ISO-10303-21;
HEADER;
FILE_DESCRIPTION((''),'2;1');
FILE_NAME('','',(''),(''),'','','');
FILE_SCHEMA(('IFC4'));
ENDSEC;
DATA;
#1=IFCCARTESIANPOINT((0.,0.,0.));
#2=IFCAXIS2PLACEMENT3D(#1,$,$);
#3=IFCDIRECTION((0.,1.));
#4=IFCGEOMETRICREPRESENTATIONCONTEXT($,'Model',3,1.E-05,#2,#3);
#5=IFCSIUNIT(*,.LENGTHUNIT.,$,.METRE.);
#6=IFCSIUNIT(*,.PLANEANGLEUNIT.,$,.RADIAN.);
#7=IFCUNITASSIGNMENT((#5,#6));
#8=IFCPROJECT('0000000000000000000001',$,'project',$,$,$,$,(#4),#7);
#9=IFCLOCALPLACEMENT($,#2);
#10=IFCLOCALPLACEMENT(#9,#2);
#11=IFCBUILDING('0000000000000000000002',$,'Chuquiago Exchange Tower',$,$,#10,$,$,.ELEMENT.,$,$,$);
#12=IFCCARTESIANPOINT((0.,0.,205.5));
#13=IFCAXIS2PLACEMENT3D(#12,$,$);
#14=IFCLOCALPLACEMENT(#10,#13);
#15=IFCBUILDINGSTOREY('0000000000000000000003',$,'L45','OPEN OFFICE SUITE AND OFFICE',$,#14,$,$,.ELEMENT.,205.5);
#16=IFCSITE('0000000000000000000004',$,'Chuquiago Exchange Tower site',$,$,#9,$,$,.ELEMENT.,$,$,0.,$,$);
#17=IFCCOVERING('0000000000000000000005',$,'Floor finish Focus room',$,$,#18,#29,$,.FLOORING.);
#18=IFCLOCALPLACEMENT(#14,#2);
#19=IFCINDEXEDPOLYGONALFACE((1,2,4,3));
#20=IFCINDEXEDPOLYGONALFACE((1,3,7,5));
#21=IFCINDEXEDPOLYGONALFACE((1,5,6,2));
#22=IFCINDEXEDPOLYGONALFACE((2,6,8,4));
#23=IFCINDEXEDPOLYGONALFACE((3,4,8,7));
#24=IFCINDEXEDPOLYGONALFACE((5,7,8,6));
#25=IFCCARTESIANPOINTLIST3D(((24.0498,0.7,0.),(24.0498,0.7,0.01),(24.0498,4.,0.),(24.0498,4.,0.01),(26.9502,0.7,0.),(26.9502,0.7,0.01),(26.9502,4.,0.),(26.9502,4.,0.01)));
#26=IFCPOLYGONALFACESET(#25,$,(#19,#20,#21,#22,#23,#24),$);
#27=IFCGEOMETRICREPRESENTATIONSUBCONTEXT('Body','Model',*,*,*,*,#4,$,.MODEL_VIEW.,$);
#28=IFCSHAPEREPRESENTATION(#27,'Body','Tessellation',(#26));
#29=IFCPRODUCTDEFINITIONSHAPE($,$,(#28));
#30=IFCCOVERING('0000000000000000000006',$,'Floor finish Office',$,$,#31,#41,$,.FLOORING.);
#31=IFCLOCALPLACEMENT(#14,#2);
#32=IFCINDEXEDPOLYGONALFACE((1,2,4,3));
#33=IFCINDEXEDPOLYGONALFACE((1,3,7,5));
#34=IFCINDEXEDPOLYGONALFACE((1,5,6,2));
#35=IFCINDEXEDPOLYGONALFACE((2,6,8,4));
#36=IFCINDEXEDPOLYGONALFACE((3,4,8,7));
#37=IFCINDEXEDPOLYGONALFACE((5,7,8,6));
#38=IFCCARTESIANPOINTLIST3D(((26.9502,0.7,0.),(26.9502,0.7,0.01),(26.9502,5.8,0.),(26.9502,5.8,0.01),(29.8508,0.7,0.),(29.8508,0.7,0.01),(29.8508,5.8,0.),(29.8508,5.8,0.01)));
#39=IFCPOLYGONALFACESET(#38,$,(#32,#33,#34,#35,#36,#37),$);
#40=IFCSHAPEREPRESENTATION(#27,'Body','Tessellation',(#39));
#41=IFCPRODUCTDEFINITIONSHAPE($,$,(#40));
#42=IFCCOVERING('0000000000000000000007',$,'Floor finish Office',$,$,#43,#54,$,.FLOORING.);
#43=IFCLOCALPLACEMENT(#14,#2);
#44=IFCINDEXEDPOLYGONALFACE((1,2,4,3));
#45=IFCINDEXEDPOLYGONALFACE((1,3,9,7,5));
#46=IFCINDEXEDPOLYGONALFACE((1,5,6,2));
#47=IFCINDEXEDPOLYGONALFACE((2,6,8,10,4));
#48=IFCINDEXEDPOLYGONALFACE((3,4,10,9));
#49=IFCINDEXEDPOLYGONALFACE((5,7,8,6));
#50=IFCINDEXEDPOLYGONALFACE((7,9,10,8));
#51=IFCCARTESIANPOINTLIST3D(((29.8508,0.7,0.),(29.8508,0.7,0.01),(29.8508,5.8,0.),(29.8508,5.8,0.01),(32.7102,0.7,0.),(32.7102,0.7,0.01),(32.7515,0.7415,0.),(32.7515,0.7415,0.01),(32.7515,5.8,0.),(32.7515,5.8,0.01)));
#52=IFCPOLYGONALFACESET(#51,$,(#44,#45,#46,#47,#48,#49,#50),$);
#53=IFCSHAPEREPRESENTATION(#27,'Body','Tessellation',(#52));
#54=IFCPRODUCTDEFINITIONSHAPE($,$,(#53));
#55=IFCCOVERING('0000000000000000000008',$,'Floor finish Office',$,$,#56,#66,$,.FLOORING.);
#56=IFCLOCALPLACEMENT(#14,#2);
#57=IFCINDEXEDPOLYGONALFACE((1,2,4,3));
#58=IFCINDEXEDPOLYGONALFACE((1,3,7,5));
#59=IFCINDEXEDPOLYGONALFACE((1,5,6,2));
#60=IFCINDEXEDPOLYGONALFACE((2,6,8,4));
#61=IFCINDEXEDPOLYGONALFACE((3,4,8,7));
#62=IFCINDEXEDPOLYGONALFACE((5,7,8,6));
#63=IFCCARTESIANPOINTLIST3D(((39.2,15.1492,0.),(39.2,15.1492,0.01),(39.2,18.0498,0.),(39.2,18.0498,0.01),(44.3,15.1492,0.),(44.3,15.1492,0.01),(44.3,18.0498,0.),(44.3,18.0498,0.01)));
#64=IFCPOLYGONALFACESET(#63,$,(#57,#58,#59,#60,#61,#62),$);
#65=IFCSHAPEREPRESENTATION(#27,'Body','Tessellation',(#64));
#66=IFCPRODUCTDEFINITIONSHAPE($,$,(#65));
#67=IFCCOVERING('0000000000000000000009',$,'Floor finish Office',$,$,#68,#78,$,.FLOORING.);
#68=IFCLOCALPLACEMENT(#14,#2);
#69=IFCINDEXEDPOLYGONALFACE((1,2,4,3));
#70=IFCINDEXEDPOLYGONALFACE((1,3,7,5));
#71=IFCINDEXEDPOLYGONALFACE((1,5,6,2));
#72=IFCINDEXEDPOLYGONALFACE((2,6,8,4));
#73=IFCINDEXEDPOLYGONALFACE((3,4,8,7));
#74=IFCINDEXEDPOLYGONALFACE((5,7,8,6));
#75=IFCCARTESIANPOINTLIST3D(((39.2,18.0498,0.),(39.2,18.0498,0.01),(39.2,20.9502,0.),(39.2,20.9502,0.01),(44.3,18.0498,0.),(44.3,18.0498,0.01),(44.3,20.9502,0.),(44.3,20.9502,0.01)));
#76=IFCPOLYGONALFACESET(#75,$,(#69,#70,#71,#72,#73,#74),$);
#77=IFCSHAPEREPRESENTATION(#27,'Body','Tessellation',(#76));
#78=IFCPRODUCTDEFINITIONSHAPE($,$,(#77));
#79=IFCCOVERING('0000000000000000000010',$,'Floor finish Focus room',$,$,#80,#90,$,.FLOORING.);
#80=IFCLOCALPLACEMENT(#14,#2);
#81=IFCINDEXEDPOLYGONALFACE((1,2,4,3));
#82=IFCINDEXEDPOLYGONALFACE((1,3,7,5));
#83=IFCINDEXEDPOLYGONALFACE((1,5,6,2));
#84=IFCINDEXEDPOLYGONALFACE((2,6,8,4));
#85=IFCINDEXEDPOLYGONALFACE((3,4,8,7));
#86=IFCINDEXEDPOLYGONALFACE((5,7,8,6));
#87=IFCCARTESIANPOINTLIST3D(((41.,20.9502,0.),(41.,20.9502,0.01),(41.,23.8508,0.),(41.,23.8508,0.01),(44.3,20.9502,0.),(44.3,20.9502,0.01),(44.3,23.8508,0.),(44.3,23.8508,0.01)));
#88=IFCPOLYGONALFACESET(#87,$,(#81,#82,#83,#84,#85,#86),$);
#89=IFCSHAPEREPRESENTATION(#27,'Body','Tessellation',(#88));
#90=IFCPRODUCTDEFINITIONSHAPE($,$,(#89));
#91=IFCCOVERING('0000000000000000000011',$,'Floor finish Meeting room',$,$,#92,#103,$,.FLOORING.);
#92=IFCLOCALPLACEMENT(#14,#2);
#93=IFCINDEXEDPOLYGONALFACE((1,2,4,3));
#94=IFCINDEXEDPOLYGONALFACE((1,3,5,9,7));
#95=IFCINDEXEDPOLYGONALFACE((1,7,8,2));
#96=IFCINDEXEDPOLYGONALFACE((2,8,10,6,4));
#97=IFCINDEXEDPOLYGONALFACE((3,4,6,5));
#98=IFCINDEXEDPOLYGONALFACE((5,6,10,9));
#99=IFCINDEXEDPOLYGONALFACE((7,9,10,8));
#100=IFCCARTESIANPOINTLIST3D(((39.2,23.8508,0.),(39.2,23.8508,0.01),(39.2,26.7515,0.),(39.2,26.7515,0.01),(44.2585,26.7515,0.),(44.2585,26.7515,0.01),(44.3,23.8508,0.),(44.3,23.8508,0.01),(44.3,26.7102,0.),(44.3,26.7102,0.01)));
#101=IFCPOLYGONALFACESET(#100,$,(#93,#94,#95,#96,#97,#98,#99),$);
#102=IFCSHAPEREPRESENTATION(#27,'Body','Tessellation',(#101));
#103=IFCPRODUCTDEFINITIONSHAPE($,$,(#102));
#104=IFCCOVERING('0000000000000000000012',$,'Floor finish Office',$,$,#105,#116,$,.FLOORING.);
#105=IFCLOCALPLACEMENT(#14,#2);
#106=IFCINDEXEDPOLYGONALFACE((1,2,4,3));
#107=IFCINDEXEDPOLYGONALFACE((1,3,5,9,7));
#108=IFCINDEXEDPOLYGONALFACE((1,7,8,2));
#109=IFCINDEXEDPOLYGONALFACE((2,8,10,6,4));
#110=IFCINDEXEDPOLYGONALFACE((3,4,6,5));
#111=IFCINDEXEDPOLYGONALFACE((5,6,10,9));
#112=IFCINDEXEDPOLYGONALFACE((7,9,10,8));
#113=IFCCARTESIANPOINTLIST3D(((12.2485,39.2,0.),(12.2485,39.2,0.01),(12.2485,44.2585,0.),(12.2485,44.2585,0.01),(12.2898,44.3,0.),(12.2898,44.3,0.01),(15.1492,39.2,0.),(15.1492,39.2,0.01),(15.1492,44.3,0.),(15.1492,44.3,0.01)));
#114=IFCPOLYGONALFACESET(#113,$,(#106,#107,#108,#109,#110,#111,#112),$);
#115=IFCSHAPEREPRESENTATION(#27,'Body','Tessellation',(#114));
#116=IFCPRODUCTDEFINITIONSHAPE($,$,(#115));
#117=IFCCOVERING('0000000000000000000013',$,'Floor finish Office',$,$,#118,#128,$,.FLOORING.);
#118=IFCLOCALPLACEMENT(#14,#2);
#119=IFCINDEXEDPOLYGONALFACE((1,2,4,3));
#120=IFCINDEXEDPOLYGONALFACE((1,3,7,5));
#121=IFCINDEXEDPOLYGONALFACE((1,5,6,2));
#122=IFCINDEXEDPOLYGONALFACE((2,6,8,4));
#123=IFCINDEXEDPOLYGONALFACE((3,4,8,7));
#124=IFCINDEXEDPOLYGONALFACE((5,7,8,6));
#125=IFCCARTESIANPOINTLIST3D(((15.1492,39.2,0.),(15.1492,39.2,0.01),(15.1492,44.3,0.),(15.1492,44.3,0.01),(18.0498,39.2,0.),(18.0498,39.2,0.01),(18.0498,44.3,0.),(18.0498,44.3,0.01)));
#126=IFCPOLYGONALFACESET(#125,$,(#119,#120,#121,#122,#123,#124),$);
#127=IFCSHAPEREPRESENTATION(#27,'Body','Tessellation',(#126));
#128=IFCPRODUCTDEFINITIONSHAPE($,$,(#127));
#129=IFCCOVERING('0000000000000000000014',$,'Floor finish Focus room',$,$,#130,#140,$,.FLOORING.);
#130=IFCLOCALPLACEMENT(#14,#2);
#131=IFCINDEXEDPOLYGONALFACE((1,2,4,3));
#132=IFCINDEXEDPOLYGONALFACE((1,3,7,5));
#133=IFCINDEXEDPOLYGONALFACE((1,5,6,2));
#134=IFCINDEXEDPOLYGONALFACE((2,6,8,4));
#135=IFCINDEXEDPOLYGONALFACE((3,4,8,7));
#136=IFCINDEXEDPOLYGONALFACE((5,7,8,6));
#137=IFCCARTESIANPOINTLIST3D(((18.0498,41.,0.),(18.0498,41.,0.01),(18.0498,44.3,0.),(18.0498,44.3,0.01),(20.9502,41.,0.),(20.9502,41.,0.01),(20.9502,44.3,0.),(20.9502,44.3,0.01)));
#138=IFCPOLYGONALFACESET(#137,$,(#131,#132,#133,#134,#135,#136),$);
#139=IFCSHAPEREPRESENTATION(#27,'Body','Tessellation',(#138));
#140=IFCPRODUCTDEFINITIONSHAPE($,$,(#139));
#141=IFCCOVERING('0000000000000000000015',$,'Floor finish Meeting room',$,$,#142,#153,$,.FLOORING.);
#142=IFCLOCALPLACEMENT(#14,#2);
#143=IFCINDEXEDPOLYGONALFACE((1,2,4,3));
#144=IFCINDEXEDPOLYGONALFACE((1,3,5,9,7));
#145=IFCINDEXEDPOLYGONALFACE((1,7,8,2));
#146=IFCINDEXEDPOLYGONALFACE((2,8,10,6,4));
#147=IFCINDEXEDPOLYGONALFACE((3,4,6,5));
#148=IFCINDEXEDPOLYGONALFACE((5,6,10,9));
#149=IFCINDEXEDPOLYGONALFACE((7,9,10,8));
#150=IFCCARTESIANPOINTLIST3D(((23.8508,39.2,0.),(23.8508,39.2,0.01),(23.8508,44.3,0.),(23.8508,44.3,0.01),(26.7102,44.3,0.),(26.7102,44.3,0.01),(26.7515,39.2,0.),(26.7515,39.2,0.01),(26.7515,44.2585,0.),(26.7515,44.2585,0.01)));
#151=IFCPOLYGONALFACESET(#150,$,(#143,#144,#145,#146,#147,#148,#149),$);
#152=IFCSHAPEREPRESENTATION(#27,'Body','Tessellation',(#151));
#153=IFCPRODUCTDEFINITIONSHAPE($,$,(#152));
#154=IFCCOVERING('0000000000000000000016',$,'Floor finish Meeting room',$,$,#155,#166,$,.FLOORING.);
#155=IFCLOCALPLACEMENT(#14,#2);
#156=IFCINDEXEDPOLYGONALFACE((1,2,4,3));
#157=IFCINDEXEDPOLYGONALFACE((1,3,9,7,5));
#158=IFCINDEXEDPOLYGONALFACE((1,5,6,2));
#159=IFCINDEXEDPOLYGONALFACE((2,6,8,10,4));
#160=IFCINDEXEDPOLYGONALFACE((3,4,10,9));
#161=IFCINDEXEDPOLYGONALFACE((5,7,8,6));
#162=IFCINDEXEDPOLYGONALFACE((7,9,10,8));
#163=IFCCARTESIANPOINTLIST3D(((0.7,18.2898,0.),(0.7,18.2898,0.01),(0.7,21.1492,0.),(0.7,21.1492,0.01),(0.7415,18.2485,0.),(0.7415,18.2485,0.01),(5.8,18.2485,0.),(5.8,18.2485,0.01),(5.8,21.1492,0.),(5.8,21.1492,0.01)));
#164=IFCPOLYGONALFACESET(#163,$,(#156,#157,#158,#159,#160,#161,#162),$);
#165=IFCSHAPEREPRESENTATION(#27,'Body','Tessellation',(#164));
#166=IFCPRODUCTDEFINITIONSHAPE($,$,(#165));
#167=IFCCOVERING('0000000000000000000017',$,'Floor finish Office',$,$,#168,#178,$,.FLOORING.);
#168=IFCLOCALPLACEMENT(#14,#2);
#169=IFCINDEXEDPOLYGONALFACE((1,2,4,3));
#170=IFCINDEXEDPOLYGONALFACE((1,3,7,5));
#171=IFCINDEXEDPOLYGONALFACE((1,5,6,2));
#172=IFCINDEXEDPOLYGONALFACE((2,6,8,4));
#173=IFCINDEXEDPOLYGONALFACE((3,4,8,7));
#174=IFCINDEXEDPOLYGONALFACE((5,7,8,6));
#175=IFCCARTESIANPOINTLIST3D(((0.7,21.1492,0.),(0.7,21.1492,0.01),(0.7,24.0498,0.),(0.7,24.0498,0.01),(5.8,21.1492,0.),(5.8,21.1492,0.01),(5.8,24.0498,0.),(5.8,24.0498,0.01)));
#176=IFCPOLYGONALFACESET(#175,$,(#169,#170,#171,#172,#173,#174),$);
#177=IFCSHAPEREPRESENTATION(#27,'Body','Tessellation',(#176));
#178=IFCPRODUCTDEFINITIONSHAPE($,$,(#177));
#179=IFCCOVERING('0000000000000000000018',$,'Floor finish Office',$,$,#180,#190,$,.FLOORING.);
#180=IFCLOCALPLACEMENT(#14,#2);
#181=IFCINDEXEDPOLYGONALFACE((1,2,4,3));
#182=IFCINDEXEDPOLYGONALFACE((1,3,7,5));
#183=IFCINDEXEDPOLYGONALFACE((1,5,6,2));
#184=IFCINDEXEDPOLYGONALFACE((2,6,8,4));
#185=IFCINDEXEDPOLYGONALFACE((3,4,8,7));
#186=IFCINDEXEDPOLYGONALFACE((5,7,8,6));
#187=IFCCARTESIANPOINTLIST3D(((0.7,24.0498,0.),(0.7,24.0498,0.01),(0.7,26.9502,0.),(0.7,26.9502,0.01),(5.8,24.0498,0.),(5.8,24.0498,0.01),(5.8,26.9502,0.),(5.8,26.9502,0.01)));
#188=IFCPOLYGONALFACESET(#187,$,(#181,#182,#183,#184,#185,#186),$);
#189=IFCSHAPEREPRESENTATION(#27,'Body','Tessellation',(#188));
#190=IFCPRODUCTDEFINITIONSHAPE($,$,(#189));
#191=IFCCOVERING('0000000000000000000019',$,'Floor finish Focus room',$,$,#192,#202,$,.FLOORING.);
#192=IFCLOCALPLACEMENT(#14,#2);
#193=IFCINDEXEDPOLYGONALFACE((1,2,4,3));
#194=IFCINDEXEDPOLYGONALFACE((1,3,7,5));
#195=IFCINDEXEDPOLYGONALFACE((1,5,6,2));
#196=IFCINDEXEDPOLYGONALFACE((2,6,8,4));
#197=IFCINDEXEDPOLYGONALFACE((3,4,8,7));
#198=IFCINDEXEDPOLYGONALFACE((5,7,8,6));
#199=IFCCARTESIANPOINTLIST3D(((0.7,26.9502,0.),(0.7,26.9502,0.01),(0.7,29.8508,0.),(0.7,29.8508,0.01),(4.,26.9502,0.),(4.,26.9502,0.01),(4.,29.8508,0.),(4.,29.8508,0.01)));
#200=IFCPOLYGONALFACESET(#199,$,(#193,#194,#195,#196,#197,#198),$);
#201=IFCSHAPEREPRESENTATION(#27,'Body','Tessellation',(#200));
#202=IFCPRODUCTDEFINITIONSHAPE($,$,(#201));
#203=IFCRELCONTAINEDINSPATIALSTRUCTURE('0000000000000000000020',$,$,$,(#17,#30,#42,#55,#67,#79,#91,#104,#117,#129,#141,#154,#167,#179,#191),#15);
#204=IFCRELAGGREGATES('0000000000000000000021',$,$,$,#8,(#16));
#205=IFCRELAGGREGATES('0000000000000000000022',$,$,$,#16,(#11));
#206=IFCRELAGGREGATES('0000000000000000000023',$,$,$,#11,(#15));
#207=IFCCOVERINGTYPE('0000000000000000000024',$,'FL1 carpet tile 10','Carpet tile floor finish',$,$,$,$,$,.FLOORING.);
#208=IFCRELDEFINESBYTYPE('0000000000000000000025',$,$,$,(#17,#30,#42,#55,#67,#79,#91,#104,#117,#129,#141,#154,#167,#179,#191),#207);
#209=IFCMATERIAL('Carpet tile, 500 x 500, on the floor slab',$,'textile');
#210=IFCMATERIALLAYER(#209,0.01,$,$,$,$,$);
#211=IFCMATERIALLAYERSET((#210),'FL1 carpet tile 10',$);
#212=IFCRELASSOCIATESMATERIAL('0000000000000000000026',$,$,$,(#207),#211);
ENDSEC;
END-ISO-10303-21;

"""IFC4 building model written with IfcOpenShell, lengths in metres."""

from ifc_helpers import new_model, si_unit, direction, frame, origin, place, context, subcontext, project, spatial, polyline, outline, extrude, material, layer, layer_set, type_object, element, save


model = new_model("IFC4")

# Units and contexts
model_context = context("Model", 3, precision=1e-05, world=origin(), true_north=direction((0.0, 1.0)))
body_context = subcontext(model_context, "Body", "Model", "MODEL_VIEW")
ifc_project = project(units=[si_unit("LENGTHUNIT", "METRE"), si_unit("PLANEANGLEUNIT", "RADIAN")], contexts=[model_context])

# Site, building, storey
site_placement = place(None, origin())
site = spatial("IfcSite", under=ifc_project, at=site_placement, Name="Chuquiago Exchange Tower site", CompositionType="ELEMENT", RefElevation=0.0)
building_placement = place(site_placement, origin())
building = spatial("IfcBuilding", under=site, at=building_placement, Name="Chuquiago Exchange Tower", CompositionType="ELEMENT")
storey_placement = place(building_placement, frame((0.0, 0.0, 205.5)))
storey = spatial("IfcBuildingStorey", under=building, at=storey_placement, Name="L45", Description="OPEN OFFICE SUITE AND OFFICE", CompositionType="ELEMENT", Elevation=205.5)

# Coverings
ifc_material_1 = material(Name="Carpet tile, 500 x 500, on the floor slab", Category="textile")
ifc_layer_1 = layer(ifc_material_1, 0.01)
ifc_layer_set_1 = layer_set([ifc_layer_1], Name="FL1 carpet tile 10")
covering_type_1 = type_object("IfcCoveringType", Name="FL1 carpet tile 10", Description="Carpet tile floor finish", PredefinedType="FLOORING", material=ifc_layer_set_1)
covering_1_placement = place(storey_placement, origin())
element("IfcCovering", 1, at=covering_1_placement, inside=storey, type_object=covering_type_1, Name="Floor finish Focus room", PredefinedType="FLOORING", context=body_context, shape_type="SweptSolid", body=[
    extrude(outline(polyline([(24.0498, 0.7), (24.0498, 4.0), (26.9502, 4.0), (26.9502, 0.7), (24.0498, 0.7)])), origin(), (0.0, 0.0, 1.0), 0.01),
])
covering_2_placement = place(storey_placement, origin())
element("IfcCovering", 2, at=covering_2_placement, inside=storey, type_object=covering_type_1, Name="Floor finish Office", PredefinedType="FLOORING", context=body_context, shape_type="SweptSolid", body=[
    extrude(outline(polyline([(26.9502, 0.7), (26.9502, 5.8), (29.8508, 5.8), (29.8508, 0.7), (26.9502, 0.7)])), origin(), (0.0, 0.0, 1.0), 0.01),
])
covering_3_placement = place(storey_placement, origin())
element("IfcCovering", 3, at=covering_3_placement, inside=storey, type_object=covering_type_1, Name="Floor finish Office", PredefinedType="FLOORING", context=body_context, shape_type="SweptSolid", body=[
    extrude(outline(polyline([(32.7102, 0.7), (29.8508, 0.7), (29.8508, 5.8), (32.7515, 5.8), (32.7515, 0.7415), (32.7102, 0.7)])), origin(), (0.0, 0.0, 1.0), 0.01),
])
covering_4_placement = place(storey_placement, origin())
element("IfcCovering", 4, at=covering_4_placement, inside=storey, type_object=covering_type_1, Name="Floor finish Office", PredefinedType="FLOORING", context=body_context, shape_type="SweptSolid", body=[
    extrude(outline(polyline([(44.3, 15.1492), (39.2, 15.1492), (39.2, 18.0498), (44.3, 18.0498), (44.3, 15.1492)])), origin(), (0.0, 0.0, 1.0), 0.01),
])
covering_5_placement = place(storey_placement, origin())
element("IfcCovering", 5, at=covering_5_placement, inside=storey, type_object=covering_type_1, Name="Floor finish Office", PredefinedType="FLOORING", context=body_context, shape_type="SweptSolid", body=[
    extrude(outline(polyline([(44.3, 18.0498), (39.2, 18.0498), (39.2, 20.9502), (44.3, 20.9502), (44.3, 18.0498)])), origin(), (0.0, 0.0, 1.0), 0.01),
])
covering_6_placement = place(storey_placement, origin())
element("IfcCovering", 6, at=covering_6_placement, inside=storey, type_object=covering_type_1, Name="Floor finish Focus room", PredefinedType="FLOORING", context=body_context, shape_type="SweptSolid", body=[
    extrude(outline(polyline([(44.3, 20.9502), (41.0, 20.9502), (41.0, 23.8508), (44.3, 23.8508), (44.3, 20.9502)])), origin(), (0.0, 0.0, 1.0), 0.01),
])
covering_7_placement = place(storey_placement, origin())
element("IfcCovering", 7, at=covering_7_placement, inside=storey, type_object=covering_type_1, Name="Floor finish Meeting room", PredefinedType="FLOORING", context=body_context, shape_type="SweptSolid", body=[
    extrude(outline(polyline([(44.3, 26.7102), (44.3, 23.8508), (39.2, 23.8508), (39.2, 26.7515), (44.2585, 26.7515), (44.3, 26.7102)])), origin(), (0.0, 0.0, 1.0), 0.01),
])
covering_8_placement = place(storey_placement, origin())
element("IfcCovering", 8, at=covering_8_placement, inside=storey, type_object=covering_type_1, Name="Floor finish Office", PredefinedType="FLOORING", context=body_context, shape_type="SweptSolid", body=[
    extrude(outline(polyline([(12.2898, 44.3), (15.1492, 44.3), (15.1492, 39.2), (12.2485, 39.2), (12.2485, 44.2585), (12.2898, 44.3)])), origin(), (0.0, 0.0, 1.0), 0.01),
])
covering_9_placement = place(storey_placement, origin())
element("IfcCovering", 9, at=covering_9_placement, inside=storey, type_object=covering_type_1, Name="Floor finish Office", PredefinedType="FLOORING", context=body_context, shape_type="SweptSolid", body=[
    extrude(outline(polyline([(18.0498, 44.3), (18.0498, 39.2), (15.1492, 39.2), (15.1492, 44.3), (18.0498, 44.3)])), origin(), (0.0, 0.0, 1.0), 0.01),
])
covering_10_placement = place(storey_placement, origin())
element("IfcCovering", 10, at=covering_10_placement, inside=storey, type_object=covering_type_1, Name="Floor finish Focus room", PredefinedType="FLOORING", context=body_context, shape_type="SweptSolid", body=[
    extrude(outline(polyline([(20.9502, 44.3), (20.9502, 41.0), (18.0498, 41.0), (18.0498, 44.3), (20.9502, 44.3)])), origin(), (0.0, 0.0, 1.0), 0.01),
])
covering_11_placement = place(storey_placement, origin())
element("IfcCovering", 11, at=covering_11_placement, inside=storey, type_object=covering_type_1, Name="Floor finish Meeting room", PredefinedType="FLOORING", context=body_context, shape_type="SweptSolid", body=[
    extrude(outline(polyline([(26.7102, 44.3), (26.7515, 44.2585), (26.7515, 39.2), (23.8508, 39.2), (23.8508, 44.3), (26.7102, 44.3)])), origin(), (0.0, 0.0, 1.0), 0.01),
])
covering_12_placement = place(storey_placement, origin())
element("IfcCovering", 12, at=covering_12_placement, inside=storey, type_object=covering_type_1, Name="Floor finish Meeting room", PredefinedType="FLOORING", context=body_context, shape_type="SweptSolid", body=[
    extrude(outline(polyline([(0.7, 21.1492), (5.8, 21.1492), (5.8, 18.2485), (0.7415, 18.2485), (0.7, 18.2898), (0.7, 21.1492)])), origin(), (0.0, 0.0, 1.0), 0.01),
])
covering_13_placement = place(storey_placement, origin())
element("IfcCovering", 13, at=covering_13_placement, inside=storey, type_object=covering_type_1, Name="Floor finish Office", PredefinedType="FLOORING", context=body_context, shape_type="SweptSolid", body=[
    extrude(outline(polyline([(0.7, 24.0498), (5.8, 24.0498), (5.8, 21.1492), (0.7, 21.1492), (0.7, 24.0498)])), origin(), (0.0, 0.0, 1.0), 0.01),
])
covering_14_placement = place(storey_placement, origin())
element("IfcCovering", 14, at=covering_14_placement, inside=storey, type_object=covering_type_1, Name="Floor finish Office", PredefinedType="FLOORING", context=body_context, shape_type="SweptSolid", body=[
    extrude(outline(polyline([(0.7, 26.9502), (5.8, 26.9502), (5.8, 24.0498), (0.7, 24.0498), (0.7, 26.9502)])), origin(), (0.0, 0.0, 1.0), 0.01),
])
covering_15_placement = place(storey_placement, origin())
element("IfcCovering", 15, at=covering_15_placement, inside=storey, type_object=covering_type_1, Name="Floor finish Focus room", PredefinedType="FLOORING", context=body_context, shape_type="SweptSolid", body=[
    extrude(outline(polyline([(0.7, 29.8508), (4.0, 29.8508), (4.0, 26.9502), (0.7, 26.9502), (0.7, 29.8508)])), origin(), (0.0, 0.0, 1.0), 0.01),
])

save(model, "model.ifc")
